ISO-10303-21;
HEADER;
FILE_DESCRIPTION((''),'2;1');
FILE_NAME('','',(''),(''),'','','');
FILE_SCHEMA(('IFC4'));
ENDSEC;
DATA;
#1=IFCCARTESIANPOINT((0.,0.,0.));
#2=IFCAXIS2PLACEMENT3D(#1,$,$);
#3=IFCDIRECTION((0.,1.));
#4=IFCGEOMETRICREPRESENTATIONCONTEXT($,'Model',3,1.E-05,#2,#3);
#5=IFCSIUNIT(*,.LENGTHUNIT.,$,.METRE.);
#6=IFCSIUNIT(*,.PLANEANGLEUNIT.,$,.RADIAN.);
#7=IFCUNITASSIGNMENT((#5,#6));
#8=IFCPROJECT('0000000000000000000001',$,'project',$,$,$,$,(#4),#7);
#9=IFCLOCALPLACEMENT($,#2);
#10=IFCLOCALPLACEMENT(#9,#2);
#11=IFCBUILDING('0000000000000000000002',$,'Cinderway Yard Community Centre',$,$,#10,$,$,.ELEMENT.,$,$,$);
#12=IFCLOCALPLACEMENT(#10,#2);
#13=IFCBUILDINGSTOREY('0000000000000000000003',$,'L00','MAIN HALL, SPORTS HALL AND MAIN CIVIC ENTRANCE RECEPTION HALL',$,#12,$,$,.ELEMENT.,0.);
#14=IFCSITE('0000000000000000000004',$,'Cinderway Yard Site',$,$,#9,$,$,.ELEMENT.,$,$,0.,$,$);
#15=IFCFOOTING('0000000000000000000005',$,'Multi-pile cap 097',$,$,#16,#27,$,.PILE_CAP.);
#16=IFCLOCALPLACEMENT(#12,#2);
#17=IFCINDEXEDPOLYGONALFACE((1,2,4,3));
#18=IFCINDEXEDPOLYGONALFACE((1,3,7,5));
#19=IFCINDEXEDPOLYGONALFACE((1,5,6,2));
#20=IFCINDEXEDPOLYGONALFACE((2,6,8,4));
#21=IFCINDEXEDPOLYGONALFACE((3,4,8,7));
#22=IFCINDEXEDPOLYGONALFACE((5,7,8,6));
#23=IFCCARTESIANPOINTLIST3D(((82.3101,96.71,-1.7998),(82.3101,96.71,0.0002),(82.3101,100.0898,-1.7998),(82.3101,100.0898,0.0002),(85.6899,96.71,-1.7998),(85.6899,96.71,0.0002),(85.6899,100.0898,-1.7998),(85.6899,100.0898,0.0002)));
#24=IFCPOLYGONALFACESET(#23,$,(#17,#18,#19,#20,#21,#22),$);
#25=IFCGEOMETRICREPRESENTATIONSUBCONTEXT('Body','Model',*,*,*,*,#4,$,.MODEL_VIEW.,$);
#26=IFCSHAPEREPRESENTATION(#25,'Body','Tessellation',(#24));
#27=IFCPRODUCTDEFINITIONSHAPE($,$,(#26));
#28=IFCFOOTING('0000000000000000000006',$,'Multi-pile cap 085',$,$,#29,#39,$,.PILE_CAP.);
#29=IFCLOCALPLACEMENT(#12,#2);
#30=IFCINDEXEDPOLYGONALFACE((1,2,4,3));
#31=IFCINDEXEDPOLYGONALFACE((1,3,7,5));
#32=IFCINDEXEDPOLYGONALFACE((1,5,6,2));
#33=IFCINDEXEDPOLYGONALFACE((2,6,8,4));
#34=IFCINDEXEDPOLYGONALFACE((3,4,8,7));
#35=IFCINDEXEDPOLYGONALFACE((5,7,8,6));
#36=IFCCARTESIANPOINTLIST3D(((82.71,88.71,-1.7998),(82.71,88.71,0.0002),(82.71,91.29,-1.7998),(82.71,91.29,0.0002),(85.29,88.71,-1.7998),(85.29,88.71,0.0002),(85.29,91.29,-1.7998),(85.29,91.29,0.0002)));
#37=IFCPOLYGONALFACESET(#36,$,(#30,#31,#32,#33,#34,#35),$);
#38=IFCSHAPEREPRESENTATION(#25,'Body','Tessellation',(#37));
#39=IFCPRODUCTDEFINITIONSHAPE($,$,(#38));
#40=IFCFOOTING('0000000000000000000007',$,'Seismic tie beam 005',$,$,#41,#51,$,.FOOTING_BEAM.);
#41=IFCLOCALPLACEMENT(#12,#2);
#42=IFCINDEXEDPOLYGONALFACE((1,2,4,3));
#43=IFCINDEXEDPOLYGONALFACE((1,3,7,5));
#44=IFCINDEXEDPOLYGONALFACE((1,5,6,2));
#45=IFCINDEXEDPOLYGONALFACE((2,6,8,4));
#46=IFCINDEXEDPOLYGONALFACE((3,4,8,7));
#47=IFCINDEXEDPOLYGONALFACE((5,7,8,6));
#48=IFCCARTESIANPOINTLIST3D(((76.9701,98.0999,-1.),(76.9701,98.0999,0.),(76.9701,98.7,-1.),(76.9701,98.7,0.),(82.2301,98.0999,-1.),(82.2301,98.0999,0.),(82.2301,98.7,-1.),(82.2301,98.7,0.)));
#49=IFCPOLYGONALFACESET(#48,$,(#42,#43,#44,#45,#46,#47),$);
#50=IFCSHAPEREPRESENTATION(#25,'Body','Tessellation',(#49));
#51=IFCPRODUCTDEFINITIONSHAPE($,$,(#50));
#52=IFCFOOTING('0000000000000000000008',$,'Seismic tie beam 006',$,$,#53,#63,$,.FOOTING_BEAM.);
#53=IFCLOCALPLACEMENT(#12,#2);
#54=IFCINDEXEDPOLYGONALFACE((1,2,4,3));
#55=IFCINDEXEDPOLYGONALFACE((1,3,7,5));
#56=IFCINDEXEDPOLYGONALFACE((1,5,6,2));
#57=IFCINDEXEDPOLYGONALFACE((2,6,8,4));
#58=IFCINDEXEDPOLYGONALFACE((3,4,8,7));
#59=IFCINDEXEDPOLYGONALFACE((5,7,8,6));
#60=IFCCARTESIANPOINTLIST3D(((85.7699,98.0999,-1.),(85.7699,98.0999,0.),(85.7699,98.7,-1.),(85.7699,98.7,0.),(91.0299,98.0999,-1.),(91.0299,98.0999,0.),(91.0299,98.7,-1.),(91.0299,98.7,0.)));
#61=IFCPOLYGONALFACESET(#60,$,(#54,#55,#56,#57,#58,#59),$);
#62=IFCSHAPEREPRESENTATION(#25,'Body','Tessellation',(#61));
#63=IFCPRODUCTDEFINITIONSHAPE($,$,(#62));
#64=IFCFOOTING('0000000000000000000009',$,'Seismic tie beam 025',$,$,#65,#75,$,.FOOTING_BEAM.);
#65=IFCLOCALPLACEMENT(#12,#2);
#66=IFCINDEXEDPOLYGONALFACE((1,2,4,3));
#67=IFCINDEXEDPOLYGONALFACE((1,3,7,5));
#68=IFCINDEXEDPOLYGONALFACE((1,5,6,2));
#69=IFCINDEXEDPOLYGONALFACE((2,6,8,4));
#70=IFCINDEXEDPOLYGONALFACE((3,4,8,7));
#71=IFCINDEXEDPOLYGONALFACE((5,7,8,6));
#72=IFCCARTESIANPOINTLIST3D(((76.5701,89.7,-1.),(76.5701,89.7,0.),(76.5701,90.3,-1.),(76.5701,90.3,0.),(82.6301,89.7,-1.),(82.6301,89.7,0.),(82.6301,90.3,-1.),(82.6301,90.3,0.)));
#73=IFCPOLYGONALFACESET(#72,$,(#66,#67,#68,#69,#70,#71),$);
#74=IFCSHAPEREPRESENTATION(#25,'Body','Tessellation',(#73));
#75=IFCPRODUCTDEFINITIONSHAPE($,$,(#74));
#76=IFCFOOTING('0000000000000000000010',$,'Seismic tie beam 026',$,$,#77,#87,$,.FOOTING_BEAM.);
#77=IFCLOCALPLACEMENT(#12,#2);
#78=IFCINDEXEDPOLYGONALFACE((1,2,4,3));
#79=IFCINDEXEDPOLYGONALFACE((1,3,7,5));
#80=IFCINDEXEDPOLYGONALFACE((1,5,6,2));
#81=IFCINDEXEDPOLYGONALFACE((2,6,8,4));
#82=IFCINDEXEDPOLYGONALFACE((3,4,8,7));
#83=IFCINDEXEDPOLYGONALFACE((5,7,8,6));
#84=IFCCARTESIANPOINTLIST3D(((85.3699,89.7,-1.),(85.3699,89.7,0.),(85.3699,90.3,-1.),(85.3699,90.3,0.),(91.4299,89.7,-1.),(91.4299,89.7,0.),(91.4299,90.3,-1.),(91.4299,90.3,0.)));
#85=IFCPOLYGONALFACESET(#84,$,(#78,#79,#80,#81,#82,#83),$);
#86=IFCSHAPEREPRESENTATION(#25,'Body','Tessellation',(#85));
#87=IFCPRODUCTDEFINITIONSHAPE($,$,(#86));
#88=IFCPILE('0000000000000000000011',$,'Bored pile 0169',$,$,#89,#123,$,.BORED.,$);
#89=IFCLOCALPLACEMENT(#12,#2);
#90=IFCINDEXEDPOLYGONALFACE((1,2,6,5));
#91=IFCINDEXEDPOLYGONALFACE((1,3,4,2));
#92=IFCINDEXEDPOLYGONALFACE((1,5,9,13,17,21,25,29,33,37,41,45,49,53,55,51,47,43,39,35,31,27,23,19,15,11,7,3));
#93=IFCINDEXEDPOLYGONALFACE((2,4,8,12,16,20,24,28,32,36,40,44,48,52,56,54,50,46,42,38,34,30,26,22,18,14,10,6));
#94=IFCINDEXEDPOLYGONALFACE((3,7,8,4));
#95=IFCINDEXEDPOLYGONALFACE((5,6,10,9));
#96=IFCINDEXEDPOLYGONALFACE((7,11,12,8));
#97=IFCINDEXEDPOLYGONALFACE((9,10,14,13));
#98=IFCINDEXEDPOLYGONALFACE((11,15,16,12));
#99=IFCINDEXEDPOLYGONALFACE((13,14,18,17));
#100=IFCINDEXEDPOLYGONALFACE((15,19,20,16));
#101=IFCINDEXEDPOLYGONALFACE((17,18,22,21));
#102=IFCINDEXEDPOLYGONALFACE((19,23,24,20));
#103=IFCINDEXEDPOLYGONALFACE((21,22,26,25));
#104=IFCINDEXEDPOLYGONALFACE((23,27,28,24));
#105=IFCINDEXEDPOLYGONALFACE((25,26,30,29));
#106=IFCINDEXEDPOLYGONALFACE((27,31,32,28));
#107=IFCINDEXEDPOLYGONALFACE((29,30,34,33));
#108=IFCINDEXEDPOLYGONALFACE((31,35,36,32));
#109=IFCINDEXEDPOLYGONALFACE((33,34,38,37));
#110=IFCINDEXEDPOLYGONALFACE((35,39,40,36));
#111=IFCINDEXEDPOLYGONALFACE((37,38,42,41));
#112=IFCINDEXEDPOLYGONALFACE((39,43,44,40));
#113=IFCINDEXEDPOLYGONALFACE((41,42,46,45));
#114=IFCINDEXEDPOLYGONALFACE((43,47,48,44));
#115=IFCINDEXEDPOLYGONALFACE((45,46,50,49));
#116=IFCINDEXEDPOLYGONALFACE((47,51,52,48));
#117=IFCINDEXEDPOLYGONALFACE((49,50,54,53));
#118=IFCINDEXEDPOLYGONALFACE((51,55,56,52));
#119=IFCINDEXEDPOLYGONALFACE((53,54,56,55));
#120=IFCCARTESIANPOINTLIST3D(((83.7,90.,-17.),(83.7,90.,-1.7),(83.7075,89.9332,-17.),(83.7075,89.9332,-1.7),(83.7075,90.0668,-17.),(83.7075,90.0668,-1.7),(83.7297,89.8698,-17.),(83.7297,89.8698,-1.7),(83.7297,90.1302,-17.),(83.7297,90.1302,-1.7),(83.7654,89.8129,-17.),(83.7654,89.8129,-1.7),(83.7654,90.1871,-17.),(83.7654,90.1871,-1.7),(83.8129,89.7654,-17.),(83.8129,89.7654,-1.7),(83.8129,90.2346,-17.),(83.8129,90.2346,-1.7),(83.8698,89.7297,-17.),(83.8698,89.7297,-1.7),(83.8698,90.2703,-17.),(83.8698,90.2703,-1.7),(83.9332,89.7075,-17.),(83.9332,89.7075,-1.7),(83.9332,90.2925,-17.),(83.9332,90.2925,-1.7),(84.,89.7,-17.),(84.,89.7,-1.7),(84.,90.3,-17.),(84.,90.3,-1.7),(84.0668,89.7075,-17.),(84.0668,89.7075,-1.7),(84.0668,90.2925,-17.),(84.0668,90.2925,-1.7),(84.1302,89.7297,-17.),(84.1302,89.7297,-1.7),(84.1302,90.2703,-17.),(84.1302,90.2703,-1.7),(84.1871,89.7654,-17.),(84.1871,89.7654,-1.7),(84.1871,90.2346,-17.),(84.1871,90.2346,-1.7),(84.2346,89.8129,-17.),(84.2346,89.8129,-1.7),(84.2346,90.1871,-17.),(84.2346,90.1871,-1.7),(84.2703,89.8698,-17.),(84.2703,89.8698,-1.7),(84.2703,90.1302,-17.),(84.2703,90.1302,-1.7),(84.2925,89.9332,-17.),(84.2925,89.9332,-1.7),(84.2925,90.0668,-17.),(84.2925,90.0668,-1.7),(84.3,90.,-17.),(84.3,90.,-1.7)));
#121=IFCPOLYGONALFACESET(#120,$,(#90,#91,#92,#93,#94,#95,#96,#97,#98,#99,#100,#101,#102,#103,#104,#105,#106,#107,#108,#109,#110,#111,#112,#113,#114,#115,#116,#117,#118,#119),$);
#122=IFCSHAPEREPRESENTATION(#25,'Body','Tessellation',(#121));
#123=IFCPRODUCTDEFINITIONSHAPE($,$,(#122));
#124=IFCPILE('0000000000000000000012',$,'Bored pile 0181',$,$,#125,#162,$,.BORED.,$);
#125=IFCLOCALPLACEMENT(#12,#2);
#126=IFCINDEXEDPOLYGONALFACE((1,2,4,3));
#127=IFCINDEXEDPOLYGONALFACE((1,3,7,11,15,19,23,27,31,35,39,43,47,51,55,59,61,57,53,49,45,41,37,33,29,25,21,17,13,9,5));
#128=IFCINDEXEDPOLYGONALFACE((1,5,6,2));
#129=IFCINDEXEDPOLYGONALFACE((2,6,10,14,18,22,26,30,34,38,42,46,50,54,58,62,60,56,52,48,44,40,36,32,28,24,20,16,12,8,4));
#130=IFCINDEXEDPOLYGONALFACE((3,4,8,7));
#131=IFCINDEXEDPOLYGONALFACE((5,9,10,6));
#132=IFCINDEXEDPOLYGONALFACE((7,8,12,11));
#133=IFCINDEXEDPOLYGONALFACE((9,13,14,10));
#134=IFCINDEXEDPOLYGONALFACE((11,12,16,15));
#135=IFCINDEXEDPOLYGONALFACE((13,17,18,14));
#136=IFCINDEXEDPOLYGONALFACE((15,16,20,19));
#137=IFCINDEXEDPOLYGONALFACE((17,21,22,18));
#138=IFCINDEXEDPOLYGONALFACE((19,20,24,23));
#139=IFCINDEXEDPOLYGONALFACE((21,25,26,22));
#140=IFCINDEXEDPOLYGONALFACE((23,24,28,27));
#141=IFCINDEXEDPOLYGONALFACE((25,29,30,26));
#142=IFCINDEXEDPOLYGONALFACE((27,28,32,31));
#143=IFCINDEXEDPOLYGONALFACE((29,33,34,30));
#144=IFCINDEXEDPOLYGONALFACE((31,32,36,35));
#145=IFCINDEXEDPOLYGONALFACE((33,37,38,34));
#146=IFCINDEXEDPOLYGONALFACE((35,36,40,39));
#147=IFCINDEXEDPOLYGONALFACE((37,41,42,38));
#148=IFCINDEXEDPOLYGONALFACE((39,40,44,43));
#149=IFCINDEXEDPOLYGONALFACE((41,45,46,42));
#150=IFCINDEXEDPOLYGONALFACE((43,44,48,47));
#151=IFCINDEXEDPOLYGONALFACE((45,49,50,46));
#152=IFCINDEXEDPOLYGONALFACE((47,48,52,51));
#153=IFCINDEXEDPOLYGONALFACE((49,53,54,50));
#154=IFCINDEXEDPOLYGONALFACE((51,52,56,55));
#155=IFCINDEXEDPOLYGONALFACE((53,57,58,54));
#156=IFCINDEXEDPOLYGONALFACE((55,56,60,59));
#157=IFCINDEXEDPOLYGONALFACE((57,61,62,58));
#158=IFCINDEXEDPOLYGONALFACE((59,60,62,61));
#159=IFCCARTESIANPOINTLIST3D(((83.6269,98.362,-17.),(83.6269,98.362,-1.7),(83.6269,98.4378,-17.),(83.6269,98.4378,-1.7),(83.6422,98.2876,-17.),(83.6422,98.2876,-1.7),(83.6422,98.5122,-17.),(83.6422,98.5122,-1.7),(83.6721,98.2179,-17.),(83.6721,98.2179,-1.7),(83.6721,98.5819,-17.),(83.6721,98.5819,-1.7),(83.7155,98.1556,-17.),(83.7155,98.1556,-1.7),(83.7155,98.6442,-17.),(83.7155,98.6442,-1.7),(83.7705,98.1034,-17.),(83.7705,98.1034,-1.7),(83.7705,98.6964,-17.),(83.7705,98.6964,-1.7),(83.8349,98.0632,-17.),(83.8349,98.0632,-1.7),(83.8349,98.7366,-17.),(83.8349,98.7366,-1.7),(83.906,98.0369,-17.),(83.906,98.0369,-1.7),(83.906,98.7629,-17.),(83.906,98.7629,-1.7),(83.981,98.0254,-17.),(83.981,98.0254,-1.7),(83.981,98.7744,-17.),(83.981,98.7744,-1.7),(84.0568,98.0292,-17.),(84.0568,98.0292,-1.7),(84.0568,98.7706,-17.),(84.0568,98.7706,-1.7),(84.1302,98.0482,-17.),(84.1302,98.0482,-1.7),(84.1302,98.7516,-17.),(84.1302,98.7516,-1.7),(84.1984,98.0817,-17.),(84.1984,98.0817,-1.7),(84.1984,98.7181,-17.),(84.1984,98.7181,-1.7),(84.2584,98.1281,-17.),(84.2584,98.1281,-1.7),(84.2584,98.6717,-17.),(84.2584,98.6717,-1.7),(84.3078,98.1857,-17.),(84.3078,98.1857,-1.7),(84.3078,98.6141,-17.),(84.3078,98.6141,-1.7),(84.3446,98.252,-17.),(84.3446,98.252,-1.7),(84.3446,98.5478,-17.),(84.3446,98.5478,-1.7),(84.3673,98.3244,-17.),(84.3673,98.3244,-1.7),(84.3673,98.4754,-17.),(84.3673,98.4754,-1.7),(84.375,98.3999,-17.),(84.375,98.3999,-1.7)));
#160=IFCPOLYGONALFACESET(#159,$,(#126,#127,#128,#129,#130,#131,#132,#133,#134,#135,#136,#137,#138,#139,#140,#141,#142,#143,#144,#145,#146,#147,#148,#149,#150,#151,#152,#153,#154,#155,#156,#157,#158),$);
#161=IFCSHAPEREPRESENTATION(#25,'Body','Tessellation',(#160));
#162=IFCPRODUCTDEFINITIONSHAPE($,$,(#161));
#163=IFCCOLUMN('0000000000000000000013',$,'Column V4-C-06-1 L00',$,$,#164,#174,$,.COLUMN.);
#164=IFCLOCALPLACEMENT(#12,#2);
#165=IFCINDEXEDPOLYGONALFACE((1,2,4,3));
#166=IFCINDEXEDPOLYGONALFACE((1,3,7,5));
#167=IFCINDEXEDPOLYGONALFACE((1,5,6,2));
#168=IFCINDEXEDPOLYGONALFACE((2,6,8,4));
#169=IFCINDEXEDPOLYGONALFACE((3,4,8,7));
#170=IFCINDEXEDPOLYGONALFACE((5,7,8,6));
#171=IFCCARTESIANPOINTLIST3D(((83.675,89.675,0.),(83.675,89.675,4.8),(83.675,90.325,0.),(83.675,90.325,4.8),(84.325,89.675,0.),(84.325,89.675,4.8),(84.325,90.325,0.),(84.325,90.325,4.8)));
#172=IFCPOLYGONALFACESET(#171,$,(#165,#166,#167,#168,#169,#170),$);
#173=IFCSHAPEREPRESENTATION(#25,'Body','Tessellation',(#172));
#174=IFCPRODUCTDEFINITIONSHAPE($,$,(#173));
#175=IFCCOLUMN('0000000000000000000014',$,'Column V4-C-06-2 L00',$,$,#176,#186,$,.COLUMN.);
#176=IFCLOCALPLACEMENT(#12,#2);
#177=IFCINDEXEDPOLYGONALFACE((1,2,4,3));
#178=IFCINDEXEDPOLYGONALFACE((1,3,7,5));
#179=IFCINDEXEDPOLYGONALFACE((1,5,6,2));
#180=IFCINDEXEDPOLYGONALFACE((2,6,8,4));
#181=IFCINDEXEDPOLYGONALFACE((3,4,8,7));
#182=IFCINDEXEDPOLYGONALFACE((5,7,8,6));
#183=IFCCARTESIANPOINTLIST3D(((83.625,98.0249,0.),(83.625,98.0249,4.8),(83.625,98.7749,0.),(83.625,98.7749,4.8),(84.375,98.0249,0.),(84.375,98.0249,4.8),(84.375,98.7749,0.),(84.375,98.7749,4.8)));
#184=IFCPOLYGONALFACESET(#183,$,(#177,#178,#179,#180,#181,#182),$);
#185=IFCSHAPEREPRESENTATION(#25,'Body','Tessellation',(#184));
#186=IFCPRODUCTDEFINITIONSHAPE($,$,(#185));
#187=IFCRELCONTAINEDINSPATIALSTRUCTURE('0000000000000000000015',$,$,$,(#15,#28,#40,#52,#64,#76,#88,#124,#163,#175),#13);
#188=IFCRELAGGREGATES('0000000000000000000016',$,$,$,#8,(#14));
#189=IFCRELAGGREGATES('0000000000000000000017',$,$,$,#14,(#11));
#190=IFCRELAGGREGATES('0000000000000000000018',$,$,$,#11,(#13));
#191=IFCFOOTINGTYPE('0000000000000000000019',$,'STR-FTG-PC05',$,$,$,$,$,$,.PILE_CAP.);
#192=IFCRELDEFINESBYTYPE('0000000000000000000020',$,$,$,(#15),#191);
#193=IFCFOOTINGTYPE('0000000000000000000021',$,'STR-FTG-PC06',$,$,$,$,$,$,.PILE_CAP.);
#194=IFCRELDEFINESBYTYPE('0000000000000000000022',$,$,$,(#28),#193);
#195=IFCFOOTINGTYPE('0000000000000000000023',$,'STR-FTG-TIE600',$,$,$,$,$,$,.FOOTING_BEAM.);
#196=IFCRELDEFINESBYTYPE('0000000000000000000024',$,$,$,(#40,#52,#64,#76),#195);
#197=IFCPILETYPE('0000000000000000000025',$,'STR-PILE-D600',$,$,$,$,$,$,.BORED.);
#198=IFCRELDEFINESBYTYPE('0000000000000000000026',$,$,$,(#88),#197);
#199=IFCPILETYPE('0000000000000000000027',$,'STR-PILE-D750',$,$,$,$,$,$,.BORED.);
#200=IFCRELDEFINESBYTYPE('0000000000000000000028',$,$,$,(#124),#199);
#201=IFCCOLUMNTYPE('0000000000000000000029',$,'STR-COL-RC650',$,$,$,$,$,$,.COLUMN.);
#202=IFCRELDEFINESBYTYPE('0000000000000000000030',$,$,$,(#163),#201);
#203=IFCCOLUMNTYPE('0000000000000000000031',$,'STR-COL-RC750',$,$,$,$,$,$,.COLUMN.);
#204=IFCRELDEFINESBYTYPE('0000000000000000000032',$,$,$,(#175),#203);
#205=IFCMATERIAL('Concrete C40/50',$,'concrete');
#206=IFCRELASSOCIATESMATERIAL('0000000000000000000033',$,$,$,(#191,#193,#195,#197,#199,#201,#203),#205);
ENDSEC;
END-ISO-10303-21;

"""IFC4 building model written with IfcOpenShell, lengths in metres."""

from ifc_helpers import new_model, si_unit, direction, frame, origin, origin_2d, place, context, subcontext, project, spatial, rectangle, circle, extrude, material, material_profile, profile_set, type_object, element, save


model = new_model("IFC4")

# Units and contexts
model_context = context("Model", 3, precision=1e-05, world=origin(), true_north=direction((0.0, 1.0)))
body_context = subcontext(model_context, "Body", "Model", "MODEL_VIEW")
ifc_project = project(units=[si_unit("LENGTHUNIT", "METRE"), si_unit("PLANEANGLEUNIT", "RADIAN")], contexts=[model_context])

# Site, building, storey
site_placement = place(None, origin())
site = spatial("IfcSite", under=ifc_project, at=site_placement, Name="Cinderway Yard Site", CompositionType="ELEMENT", RefElevation=0.0)
building_placement = place(site_placement, origin())
building = spatial("IfcBuilding", under=site, at=building_placement, Name="Cinderway Yard Community Centre", CompositionType="ELEMENT")
storey_placement = place(building_placement, origin())
storey = spatial("IfcBuildingStorey", under=building, at=storey_placement, Name="L00", Description="MAIN HALL, SPORTS HALL AND MAIN CIVIC ENTRANCE RECEPTION HALL", CompositionType="ELEMENT", Elevation=0.0)

# Footings
ifc_material_1 = material(Name="Concrete C40/50", Category="concrete")
footing_type_1 = type_object("IfcFootingType", Name="STR-FTG-PC05", PredefinedType="PILE_CAP", material=ifc_material_1)
footing_1_placement = place(storey_placement, frame((84.0, 98.3999, -1.7998), z_axis=(0.0, 0.0, 1.0), x_axis=(1.0, 0.0, 0.0)))
element("IfcFooting", 1, at=footing_1_placement, inside=storey, type_object=footing_type_1, Name="Multi-pile cap 097", PredefinedType="PILE_CAP", context=body_context, shape_type="SweptSolid", body=[
    extrude(rectangle(XDim=3.3799, YDim=3.3799, at=origin_2d()), origin(), (0.0, 0.0, 1.0), 1.8),
])
footing_type_2 = type_object("IfcFootingType", Name="STR-FTG-PC06", PredefinedType="PILE_CAP", material=ifc_material_1)
footing_2_placement = place(storey_placement, frame((84.0, 90.0, -1.7998), z_axis=(0.0, 0.0, 1.0), x_axis=(1.0, 0.0, 0.0)))
element("IfcFooting", 2, at=footing_2_placement, inside=storey, type_object=footing_type_2, Name="Multi-pile cap 085", PredefinedType="PILE_CAP", context=body_context, shape_type="SweptSolid", body=[
    extrude(rectangle(XDim=2.5801, YDim=2.5801, at=origin_2d()), origin(), (0.0, 0.0, 1.0), 1.8),
])
footing_type_3 = type_object("IfcFootingType", Name="STR-FTG-TIE600", PredefinedType="FOOTING_BEAM", material=ifc_material_1)
for number, where, z_axis, x_axis, name in (
    (3, (79.6001, 98.3999, -1.0), (0.0, 0.0, 1.0), (1.0, 0.0, 0.0), "Seismic tie beam 005"),
    (4, (88.3999, 98.3999, -1.0), (0.0, 0.0, 1.0), (1.0, 0.0, 0.0), "Seismic tie beam 006"),
):
    element("IfcFooting", number, at=place(storey_placement, frame(where, z_axis=z_axis, x_axis=x_axis)), inside=storey, type_object=footing_type_3, Name=name, PredefinedType="FOOTING_BEAM", context=body_context, shape_type="SweptSolid", body=[
        extrude(rectangle(XDim=5.26, YDim=0.6001, at=origin_2d()), origin(), (0.0, 0.0, 1.0), 1.0),
    ])
for number, where, z_axis, x_axis, name in (
    (5, (79.6001, 90.0, -1.0), (0.0, 0.0, 1.0), (1.0, 0.0, 0.0), "Seismic tie beam 025"),
    (6, (88.3999, 90.0, -1.0), (0.0, 0.0, 1.0), (1.0, 0.0, 0.0), "Seismic tie beam 026"),
):
    element("IfcFooting", number, at=place(storey_placement, frame(where, z_axis=z_axis, x_axis=x_axis)), inside=storey, type_object=footing_type_3, Name=name, PredefinedType="FOOTING_BEAM", context=body_context, shape_type="SweptSolid", body=[
        extrude(rectangle(XDim=6.0601, YDim=0.6001, at=origin_2d()), origin(), (0.0, 0.0, 1.0), 1.0),
    ])

# Piles
ifc_material_profile_1 = material_profile(ifc_material_1, circle(Radius=0.3, at=origin_2d()), Name="Concrete C40/50")
ifc_profile_set_1 = profile_set([ifc_material_profile_1], Name="Concrete C40/50")
pile_type_1 = type_object("IfcPileType", Name="STR-PILE-D600", PredefinedType="BORED", material=ifc_profile_set_1)
pile_1_placement = place(storey_placement, frame((84.0, 90.0, -1.7), z_axis=(0.0, 0.0, -1.0), x_axis=(1.0, 0.0, 0.0)))
element("IfcPile", 7, at=pile_1_placement, inside=storey, type_object=pile_type_1, Name="Bored pile 0169", PredefinedType="BORED", context=body_context, shape_type="SweptSolid", body=[
    extrude(circle(Radius=0.3, at=origin_2d()), origin(), (0.0, 0.0, 1.0), 15.3),
])
ifc_material_profile_2 = material_profile(ifc_material_1, circle(Radius=0.375, at=origin_2d()), Name="Concrete C40/50")
ifc_profile_set_2 = profile_set([ifc_material_profile_2], Name="Concrete C40/50")
pile_type_2 = type_object("IfcPileType", Name="STR-PILE-D750", PredefinedType="BORED", material=ifc_profile_set_2)
pile_2_placement = place(storey_placement, frame((84.0, 98.3999, -1.7), z_axis=(0.0, 0.0, -1.0), x_axis=(1.0, 0.0, 0.0)))
element("IfcPile", 8, at=pile_2_placement, inside=storey, type_object=pile_type_2, Name="Bored pile 0181", PredefinedType="BORED", context=body_context, shape_type="SweptSolid", body=[
    extrude(circle(Radius=0.375, at=origin_2d()), origin(), (0.0, 0.0, 1.0), 15.3),
])

# Columns
ifc_material_profile_3 = material_profile(ifc_material_1, rectangle(XDim=0.6499, YDim=0.6499, at=origin_2d()), Name="Concrete C40/50")
ifc_profile_set_3 = profile_set([ifc_material_profile_3], Name="Concrete C40/50")
column_type_1 = type_object("IfcColumnType", Name="STR-COL-RC650", PredefinedType="COLUMN", material=ifc_profile_set_3)
column_1_placement = place(storey_placement, frame((84.0, 90.0, 0.0), z_axis=(0.0, 0.0, 1.0), x_axis=(1.0, 0.0, 0.0)))
element("IfcColumn", 9, at=column_1_placement, inside=storey, type_object=column_type_1, Name="Column V4-C-06-1 L00", PredefinedType="COLUMN", context=body_context, shape_type="SweptSolid", body=[
    extrude(rectangle(XDim=0.6499, YDim=0.6499, at=origin_2d()), origin(), (0.0, 0.0, 1.0), 4.8),
])
ifc_material_profile_4 = material_profile(ifc_material_1, rectangle(XDim=0.75, YDim=0.75, at=origin_2d()), Name="Concrete C40/50")
ifc_profile_set_4 = profile_set([ifc_material_profile_4], Name="Concrete C40/50")
column_type_2 = type_object("IfcColumnType", Name="STR-COL-RC750", PredefinedType="COLUMN", material=ifc_profile_set_4)
column_2_placement = place(storey_placement, frame((84.0, 98.3999, 0.0), z_axis=(0.0, 0.0, 1.0), x_axis=(1.0, 0.0, 0.0)))
element("IfcColumn", 10, at=column_2_placement, inside=storey, type_object=column_type_2, Name="Column V4-C-06-2 L00", PredefinedType="COLUMN", context=body_context, shape_type="SweptSolid", body=[
    extrude(rectangle(XDim=0.75, YDim=0.75, at=origin_2d()), origin(), (0.0, 0.0, 1.0), 4.8),
])

save(model, "model.ifc")
